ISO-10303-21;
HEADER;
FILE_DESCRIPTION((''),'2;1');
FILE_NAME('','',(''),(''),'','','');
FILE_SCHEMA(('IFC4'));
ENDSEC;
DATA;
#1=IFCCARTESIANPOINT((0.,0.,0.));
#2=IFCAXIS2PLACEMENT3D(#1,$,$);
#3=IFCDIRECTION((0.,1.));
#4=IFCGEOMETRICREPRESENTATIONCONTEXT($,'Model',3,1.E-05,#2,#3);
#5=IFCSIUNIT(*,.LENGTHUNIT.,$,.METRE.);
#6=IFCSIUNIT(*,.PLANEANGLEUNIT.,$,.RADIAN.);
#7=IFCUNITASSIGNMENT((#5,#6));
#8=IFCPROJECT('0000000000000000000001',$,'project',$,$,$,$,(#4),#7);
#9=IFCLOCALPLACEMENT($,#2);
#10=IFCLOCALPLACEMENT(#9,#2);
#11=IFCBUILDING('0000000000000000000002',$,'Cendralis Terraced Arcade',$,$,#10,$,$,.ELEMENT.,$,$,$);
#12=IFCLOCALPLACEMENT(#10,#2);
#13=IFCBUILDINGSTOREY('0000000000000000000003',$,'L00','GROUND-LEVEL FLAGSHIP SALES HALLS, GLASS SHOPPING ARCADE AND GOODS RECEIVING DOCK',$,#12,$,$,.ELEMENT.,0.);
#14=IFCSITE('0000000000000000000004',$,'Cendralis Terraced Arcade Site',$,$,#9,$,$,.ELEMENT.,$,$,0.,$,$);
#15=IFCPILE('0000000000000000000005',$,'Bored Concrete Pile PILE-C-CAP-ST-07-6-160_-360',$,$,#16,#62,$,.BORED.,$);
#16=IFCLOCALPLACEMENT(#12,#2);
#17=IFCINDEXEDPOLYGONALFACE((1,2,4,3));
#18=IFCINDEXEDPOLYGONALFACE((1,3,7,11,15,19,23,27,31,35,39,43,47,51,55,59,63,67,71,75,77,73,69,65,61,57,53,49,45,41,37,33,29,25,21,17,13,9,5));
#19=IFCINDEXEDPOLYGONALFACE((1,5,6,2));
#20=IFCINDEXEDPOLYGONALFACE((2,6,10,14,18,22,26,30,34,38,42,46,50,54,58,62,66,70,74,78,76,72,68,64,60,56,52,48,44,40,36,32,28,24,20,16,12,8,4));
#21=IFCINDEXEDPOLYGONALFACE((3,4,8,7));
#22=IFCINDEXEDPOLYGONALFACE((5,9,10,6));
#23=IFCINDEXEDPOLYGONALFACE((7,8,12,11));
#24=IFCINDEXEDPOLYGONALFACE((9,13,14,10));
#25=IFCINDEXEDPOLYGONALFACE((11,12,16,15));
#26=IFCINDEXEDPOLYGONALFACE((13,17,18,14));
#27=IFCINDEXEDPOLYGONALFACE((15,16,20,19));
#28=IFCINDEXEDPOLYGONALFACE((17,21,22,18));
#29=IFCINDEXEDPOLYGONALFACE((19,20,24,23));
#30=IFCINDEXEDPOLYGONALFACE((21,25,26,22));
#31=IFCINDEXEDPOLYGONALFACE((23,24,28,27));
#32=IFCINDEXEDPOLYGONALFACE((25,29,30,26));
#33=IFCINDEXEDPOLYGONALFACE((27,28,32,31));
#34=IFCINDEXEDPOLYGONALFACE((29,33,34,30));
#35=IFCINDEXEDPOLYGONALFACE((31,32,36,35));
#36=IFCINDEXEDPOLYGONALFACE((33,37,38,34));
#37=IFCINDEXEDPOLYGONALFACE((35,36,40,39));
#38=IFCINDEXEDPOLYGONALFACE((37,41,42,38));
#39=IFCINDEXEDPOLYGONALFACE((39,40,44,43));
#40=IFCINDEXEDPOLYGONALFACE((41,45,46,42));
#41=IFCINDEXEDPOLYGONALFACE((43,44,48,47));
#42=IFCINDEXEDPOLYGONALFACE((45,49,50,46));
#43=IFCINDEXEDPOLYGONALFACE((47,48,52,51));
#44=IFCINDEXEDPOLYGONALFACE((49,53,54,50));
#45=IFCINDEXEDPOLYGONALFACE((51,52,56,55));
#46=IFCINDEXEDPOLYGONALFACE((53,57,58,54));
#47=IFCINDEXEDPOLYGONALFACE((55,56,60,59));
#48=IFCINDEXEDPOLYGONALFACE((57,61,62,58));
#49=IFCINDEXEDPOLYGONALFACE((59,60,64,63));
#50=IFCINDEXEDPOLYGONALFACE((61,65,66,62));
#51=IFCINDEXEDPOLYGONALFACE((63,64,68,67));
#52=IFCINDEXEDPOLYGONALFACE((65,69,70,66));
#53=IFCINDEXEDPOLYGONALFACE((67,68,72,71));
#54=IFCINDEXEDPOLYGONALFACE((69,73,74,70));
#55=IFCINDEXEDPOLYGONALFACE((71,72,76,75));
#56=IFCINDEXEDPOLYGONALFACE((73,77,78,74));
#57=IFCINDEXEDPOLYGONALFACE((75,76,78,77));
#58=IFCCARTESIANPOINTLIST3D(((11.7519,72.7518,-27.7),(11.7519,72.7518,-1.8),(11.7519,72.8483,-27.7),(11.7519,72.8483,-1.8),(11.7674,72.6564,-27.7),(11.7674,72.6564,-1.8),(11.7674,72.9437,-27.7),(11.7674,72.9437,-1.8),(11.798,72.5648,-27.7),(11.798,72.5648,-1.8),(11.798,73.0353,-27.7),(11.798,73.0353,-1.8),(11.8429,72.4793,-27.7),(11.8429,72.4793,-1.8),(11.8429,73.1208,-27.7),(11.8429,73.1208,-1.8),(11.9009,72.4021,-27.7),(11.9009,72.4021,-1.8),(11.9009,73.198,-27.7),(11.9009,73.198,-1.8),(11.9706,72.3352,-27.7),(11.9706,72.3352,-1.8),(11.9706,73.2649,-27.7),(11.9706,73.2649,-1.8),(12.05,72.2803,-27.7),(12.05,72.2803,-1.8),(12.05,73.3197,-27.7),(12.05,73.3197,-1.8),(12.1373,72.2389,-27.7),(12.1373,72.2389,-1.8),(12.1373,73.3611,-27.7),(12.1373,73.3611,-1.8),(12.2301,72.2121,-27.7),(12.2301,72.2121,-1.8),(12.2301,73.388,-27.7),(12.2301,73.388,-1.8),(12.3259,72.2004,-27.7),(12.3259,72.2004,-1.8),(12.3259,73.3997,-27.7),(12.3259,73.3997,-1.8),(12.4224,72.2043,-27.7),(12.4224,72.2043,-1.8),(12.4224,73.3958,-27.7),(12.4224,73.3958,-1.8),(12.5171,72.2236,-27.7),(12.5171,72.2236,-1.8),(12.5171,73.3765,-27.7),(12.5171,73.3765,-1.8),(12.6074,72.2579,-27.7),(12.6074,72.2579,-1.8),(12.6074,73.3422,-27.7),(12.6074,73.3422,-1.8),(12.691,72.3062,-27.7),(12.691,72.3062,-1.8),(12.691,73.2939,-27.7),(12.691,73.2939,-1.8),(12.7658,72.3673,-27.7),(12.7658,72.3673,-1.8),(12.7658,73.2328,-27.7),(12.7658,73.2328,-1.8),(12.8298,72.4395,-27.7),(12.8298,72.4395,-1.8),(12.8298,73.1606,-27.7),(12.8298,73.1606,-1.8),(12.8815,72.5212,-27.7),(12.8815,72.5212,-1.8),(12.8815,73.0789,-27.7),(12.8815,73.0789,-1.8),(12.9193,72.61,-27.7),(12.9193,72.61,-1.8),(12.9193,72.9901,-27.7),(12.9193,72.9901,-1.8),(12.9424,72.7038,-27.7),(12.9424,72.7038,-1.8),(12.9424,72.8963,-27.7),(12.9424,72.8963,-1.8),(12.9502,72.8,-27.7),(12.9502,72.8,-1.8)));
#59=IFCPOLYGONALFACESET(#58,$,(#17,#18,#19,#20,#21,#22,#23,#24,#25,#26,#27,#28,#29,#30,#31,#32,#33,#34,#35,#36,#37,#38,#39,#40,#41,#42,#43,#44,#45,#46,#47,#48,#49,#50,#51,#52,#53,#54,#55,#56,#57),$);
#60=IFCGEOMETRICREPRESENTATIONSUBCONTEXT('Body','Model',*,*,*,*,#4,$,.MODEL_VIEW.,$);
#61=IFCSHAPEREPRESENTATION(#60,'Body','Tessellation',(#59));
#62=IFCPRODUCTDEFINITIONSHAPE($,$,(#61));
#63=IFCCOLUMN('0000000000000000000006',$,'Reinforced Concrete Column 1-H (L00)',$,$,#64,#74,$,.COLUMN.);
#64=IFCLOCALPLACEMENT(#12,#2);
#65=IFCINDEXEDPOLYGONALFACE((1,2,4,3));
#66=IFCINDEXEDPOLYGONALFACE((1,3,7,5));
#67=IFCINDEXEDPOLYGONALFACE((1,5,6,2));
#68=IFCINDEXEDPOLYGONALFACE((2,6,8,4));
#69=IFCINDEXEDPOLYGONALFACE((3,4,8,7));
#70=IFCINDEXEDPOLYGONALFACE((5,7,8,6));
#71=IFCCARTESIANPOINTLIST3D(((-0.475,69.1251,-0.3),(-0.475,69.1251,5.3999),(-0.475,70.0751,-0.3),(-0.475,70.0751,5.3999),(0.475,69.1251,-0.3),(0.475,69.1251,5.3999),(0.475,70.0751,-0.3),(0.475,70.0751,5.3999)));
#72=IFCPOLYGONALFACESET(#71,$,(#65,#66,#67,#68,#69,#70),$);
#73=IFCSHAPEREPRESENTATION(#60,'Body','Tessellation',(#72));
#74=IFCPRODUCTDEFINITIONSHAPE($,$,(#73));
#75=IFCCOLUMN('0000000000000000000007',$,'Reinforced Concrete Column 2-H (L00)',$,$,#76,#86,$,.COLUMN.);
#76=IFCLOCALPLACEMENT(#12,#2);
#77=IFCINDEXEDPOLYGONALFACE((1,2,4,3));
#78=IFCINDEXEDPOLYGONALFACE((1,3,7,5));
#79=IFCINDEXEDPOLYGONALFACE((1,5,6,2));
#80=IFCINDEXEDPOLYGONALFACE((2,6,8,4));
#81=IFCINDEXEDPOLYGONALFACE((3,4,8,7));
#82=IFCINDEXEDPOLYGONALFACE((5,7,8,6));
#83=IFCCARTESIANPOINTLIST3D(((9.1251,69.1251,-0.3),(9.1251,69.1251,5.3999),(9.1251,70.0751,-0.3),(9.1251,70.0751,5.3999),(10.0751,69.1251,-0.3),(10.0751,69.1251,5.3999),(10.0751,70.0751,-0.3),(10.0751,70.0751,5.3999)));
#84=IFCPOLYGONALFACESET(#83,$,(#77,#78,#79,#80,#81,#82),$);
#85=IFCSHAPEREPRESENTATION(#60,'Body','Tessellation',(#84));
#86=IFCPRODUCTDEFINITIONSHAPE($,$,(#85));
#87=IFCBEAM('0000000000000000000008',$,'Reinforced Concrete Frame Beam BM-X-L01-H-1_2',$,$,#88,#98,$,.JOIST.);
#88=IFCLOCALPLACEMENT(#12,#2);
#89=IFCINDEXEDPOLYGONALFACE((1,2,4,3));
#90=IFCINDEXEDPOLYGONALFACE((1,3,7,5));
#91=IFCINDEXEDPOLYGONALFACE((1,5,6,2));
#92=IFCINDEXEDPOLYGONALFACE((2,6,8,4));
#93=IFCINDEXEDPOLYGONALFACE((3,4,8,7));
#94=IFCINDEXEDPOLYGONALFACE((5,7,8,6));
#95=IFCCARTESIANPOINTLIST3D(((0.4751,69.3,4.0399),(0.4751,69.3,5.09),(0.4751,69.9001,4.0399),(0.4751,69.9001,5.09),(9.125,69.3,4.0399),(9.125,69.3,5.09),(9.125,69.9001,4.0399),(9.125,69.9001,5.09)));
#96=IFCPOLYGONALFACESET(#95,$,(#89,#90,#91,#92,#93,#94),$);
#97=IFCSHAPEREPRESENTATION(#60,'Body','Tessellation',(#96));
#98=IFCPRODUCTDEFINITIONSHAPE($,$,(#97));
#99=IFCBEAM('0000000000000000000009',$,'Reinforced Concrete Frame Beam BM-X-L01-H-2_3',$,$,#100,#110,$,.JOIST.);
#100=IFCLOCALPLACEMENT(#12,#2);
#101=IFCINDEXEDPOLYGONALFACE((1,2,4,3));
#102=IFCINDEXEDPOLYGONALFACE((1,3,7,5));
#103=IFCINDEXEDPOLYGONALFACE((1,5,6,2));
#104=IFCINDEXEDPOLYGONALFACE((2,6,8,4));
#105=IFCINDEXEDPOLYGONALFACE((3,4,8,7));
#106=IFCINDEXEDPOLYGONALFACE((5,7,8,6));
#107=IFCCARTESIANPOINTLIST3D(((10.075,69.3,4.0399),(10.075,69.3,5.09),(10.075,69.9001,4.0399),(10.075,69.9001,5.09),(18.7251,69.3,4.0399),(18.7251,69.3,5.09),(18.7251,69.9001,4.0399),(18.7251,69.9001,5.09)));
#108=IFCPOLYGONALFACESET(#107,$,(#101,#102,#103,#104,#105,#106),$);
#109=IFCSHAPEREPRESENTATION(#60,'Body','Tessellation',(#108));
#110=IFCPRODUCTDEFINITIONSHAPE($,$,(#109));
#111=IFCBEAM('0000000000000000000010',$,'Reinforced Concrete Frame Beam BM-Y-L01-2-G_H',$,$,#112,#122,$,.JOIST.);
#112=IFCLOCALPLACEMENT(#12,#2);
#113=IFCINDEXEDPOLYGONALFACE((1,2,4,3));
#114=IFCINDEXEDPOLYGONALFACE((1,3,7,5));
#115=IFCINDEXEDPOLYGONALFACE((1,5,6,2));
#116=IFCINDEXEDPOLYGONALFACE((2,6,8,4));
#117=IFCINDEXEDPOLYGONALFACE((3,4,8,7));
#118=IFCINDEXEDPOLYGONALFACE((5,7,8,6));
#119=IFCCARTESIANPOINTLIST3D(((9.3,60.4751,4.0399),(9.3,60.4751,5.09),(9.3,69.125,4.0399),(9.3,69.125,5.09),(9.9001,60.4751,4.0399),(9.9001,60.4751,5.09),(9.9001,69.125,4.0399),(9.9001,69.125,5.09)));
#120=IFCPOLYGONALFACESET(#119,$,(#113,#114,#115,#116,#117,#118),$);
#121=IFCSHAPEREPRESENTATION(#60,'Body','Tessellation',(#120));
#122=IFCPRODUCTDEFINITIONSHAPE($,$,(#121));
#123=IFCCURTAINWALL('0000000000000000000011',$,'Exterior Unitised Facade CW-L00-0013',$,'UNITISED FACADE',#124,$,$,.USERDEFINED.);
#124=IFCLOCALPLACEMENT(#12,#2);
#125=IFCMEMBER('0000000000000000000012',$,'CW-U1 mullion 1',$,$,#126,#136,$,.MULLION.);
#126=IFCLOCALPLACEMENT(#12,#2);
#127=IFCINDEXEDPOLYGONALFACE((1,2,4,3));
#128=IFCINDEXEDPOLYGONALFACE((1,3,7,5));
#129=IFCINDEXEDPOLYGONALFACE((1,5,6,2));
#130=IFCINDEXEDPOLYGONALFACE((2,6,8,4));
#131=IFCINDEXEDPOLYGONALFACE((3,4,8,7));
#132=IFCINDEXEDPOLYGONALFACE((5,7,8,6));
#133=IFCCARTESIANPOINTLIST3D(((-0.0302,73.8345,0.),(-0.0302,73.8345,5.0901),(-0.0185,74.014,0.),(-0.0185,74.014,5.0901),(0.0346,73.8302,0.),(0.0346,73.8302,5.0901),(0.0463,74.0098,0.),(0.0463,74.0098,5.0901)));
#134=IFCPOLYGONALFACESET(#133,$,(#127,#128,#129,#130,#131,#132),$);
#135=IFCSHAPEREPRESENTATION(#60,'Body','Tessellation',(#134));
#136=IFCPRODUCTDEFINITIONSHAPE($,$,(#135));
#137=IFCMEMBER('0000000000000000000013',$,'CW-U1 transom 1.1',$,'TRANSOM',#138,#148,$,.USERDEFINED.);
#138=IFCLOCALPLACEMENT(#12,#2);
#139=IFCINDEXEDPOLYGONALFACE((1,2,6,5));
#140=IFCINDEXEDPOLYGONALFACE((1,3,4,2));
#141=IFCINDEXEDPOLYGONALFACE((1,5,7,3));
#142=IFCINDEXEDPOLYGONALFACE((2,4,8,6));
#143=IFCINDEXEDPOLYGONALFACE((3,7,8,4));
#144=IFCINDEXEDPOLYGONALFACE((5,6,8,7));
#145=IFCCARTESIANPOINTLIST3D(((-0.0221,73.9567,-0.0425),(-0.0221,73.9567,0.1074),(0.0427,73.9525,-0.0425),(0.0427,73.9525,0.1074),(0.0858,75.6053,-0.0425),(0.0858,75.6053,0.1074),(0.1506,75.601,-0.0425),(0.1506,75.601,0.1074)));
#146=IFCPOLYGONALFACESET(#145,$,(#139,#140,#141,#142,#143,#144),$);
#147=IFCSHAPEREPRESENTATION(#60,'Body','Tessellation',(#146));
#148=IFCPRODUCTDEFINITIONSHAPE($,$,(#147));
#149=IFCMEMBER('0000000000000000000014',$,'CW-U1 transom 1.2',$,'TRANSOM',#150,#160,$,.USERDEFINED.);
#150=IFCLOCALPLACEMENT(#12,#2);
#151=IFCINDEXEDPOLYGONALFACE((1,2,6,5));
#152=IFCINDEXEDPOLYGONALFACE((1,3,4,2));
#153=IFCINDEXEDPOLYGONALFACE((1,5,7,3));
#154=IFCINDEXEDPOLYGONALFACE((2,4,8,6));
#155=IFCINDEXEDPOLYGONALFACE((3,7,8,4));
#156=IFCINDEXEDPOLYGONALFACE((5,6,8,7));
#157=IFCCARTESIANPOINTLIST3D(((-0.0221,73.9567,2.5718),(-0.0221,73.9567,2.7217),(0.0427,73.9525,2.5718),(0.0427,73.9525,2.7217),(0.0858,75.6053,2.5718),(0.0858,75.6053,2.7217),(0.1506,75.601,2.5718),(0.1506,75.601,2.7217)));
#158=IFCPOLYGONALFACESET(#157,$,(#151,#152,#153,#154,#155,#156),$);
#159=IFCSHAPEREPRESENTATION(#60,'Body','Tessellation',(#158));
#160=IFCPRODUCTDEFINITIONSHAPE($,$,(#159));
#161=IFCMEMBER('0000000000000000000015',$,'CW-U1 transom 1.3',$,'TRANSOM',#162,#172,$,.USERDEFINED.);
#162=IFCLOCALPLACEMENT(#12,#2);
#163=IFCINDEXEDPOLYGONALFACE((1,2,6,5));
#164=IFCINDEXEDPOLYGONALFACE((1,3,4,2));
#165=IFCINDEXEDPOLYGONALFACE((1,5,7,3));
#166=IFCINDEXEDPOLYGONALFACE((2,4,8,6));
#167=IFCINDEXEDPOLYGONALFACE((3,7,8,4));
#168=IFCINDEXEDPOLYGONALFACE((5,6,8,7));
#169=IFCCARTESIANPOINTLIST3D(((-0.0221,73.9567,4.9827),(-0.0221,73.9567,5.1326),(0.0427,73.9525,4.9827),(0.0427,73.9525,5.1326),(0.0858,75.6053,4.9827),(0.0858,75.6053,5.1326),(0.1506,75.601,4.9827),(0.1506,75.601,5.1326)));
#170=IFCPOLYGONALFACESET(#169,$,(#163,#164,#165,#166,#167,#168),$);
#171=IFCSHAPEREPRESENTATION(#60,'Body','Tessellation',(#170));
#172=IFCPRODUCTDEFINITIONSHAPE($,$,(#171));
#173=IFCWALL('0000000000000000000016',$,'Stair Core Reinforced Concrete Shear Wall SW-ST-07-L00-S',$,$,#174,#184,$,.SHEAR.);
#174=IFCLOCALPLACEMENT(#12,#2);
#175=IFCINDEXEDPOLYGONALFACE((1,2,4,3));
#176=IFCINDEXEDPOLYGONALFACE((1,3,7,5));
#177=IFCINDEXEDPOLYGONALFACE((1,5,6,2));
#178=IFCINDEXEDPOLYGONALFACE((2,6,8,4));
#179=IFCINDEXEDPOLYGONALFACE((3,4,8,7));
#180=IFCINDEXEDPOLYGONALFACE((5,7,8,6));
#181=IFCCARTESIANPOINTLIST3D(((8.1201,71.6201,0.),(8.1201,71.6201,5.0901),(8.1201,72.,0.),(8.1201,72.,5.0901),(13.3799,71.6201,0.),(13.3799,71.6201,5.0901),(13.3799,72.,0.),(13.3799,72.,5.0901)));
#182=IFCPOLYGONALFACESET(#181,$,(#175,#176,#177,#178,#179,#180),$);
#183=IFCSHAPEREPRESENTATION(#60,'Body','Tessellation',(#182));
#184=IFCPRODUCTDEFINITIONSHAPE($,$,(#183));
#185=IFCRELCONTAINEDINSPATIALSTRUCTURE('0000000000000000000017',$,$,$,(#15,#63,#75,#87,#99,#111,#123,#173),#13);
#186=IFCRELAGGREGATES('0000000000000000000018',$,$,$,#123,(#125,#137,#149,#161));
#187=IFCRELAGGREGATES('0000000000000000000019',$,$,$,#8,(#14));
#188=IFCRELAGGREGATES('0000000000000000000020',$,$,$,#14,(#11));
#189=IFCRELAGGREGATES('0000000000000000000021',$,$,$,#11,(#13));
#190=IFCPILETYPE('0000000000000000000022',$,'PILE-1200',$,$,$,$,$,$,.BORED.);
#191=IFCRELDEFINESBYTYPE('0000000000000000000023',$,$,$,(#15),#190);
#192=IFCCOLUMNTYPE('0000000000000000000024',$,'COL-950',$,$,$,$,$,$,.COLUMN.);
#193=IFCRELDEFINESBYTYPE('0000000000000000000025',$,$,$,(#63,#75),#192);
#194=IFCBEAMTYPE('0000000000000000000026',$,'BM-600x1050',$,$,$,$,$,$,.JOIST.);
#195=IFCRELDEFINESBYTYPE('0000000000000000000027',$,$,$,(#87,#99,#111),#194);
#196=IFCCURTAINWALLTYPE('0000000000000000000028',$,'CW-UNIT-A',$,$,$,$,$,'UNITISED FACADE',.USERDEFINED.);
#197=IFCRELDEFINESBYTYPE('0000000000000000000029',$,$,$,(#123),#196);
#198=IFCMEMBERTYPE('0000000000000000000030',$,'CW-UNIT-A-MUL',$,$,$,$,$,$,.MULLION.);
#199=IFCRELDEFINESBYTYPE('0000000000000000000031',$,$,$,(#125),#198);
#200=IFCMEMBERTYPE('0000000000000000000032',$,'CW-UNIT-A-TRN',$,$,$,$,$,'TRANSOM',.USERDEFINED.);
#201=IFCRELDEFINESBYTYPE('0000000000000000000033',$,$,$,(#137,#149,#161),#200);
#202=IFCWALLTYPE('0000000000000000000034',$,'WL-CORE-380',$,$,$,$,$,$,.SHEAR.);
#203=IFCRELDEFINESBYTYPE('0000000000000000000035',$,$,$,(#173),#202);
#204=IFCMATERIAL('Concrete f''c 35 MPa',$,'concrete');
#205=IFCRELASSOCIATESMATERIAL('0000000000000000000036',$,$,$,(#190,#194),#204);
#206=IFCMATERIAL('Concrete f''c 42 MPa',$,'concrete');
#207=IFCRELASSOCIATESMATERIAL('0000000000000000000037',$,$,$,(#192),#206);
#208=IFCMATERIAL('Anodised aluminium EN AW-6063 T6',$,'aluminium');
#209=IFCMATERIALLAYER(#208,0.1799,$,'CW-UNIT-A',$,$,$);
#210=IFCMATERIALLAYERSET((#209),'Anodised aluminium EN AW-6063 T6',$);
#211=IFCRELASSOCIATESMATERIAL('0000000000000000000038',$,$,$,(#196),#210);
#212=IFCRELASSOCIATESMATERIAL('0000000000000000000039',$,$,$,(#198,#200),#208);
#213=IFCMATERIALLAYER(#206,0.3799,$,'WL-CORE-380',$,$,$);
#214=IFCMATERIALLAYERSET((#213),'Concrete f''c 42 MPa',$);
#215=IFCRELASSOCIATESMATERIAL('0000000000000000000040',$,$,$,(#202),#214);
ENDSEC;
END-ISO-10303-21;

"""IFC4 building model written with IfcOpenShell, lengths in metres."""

from ifc_helpers import new_model, si_unit, direction, frame, frame_2d, origin, origin_2d, place, context, subcontext, project, spatial, rectangle, circle, extrude, material, layer, layer_set, material_profile, profile_set, type_object, element, aggregate, save


model = new_model("IFC4")

# Units and contexts
model_context = context("Model", 3, precision=1e-05, world=origin(), true_north=direction((0.0, 1.0)))
body_context = subcontext(model_context, "Body", "Model", "MODEL_VIEW")
ifc_project = project(units=[si_unit("LENGTHUNIT", "METRE"), si_unit("PLANEANGLEUNIT", "RADIAN")], contexts=[model_context])

# Site, building, storey
site_placement = place(None, origin())
site = spatial("IfcSite", under=ifc_project, at=site_placement, Name="Cendralis Terraced Arcade Site", CompositionType="ELEMENT", RefElevation=0.0)
building_placement = place(site_placement, origin())
building = spatial("IfcBuilding", under=site, at=building_placement, Name="Cendralis Terraced Arcade", CompositionType="ELEMENT")
storey_placement = place(building_placement, origin())
storey = spatial("IfcBuildingStorey", under=building, at=storey_placement, Name="L00", Description="GROUND-LEVEL FLAGSHIP SALES HALLS, GLASS SHOPPING ARCADE AND GOODS RECEIVING DOCK", CompositionType="ELEMENT", Elevation=0.0)

# Shared definitions
ifc_material_1 = material(Name="Concrete f'c 35 MPa", Category="concrete")

# Pile
ifc_material_profile_1 = material_profile(ifc_material_1, circle(Radius=0.6001, at=origin_2d()), Name="PILE-D1200", Category="LoadBearing")
ifc_profile_set_1 = profile_set([ifc_material_profile_1], Name="Concrete f'c 35 MPa")
pile_type_1 = type_object("IfcPileType", Name="PILE-1200", PredefinedType="BORED", material=ifc_profile_set_1)
for number, where, z_axis, x_axis, name in (
    (1, (12.3501, 72.8, -1.8), (0.0, 0.0, -1.0), (1.0, 0.0, 0.0), "Bored Concrete Pile PILE-C-CAP-ST-07-6-160_-360"),
):
    element("IfcPile", number, at=place(storey_placement, frame(where, z_axis=z_axis, x_axis=x_axis)), inside=storey, type_object=pile_type_1, Name=name, PredefinedType="BORED", context=body_context, shape_type="SweptSolid", body=[
        extrude(circle(Radius=0.6001, at=origin_2d()), origin(), (0.0, 0.0, 1.0), 25.8999),
    ])

# Columns
ifc_material_2 = material(Name="Concrete f'c 42 MPa", Category="concrete")
ifc_material_profile_2 = material_profile(ifc_material_2, rectangle(XDim=0.95, YDim=0.95, at=origin_2d()), Name="RC-COL-950x950", Category="LoadBearing")
ifc_profile_set_2 = profile_set([ifc_material_profile_2], Name="Concrete f'c 42 MPa")
column_type = type_object("IfcColumnType", Name="COL-950", PredefinedType="COLUMN", material=ifc_profile_set_2)
for number, where, z_axis, x_axis, name in (
    (2, (0.0, 69.6001, -0.3), (0.0, 0.0, 1.0), (1.0, 0.0, 0.0), "Reinforced Concrete Column 1-H (L00)"),
    (3, (9.6001, 69.6001, -0.3), (0.0, 0.0, 1.0), (1.0, 0.0, 0.0), "Reinforced Concrete Column 2-H (L00)"),
):
    element("IfcColumn", number, at=place(storey_placement, frame(where, z_axis=z_axis, x_axis=x_axis)), inside=storey, type_object=column_type, Name=name, PredefinedType="COLUMN", context=body_context, shape_type="SweptSolid", body=[
        extrude(rectangle(XDim=0.95, YDim=0.95, at=origin_2d()), origin(), (0.0, 0.0, 1.0), 5.7),
    ])

# Beams
ifc_material_profile_3 = material_profile(ifc_material_1, rectangle(XDim=0.6001, YDim=1.05, at=origin_2d()), Name="RC-BM-600x1050", Category="LoadBearing")
ifc_profile_set_3 = profile_set([ifc_material_profile_3], Name="Concrete f'c 35 MPa")
beam_type = type_object("IfcBeamType", Name="BM-600x1050", PredefinedType="JOIST", material=ifc_profile_set_3)
beam_1_placement = place(storey_placement, frame((0.4751, 69.6001, 4.5649), z_axis=(1.0, 0.0, 0.0), x_axis=(0.0, 1.0, 0.0)))
element("IfcBeam", 4, at=beam_1_placement, inside=storey, type_object=beam_type, Name="Reinforced Concrete Frame Beam BM-X-L01-H-1_2", PredefinedType="JOIST", context=body_context, shape_type="SweptSolid", body=[
    extrude(rectangle(XDim=0.6001, YDim=1.05, at=origin_2d()), origin(), (0.0, 0.0, 1.0), 8.6499),
])
beam_2_placement = place(storey_placement, frame((10.075, 69.6001, 4.5649), z_axis=(1.0, 0.0, 0.0), x_axis=(0.0, 1.0, 0.0)))
element("IfcBeam", 5, at=beam_2_placement, inside=storey, type_object=beam_type, Name="Reinforced Concrete Frame Beam BM-X-L01-H-2_3", PredefinedType="JOIST", context=body_context, shape_type="SweptSolid", body=[
    extrude(rectangle(XDim=0.6001, YDim=1.05, at=origin_2d()), origin(), (0.0, 0.0, 1.0), 8.6501),
])
beam_3_placement = place(storey_placement, frame((9.6001, 60.4751, 4.5649), z_axis=(0.0, 1.0, 0.0), x_axis=(-1.0, 0.0, 0.0)))
element("IfcBeam", 6, at=beam_3_placement, inside=storey, type_object=beam_type, Name="Reinforced Concrete Frame Beam BM-Y-L01-2-G_H", PredefinedType="JOIST", context=body_context, shape_type="SweptSolid", body=[
    extrude(rectangle(XDim=0.6001, YDim=1.05, at=origin_2d()), origin(), (0.0, 0.0, 1.0), 8.6499),
])

# Curtain wall, members
ifc_material_3 = material(Name="Anodised aluminium EN AW-6063 T6", Category="aluminium")
ifc_layer_1 = layer(ifc_material_3, 0.1799, Name="CW-UNIT-A")
ifc_layer_set_1 = layer_set([ifc_layer_1], Name="Anodised aluminium EN AW-6063 T6")
curtain_wall_type = type_object("IfcCurtainWallType", Name="CW-UNIT-A", ElementType="UNITISED FACADE", PredefinedType="USERDEFINED", material=ifc_layer_set_1)
curtain_wall_placement = place(storey_placement, origin())
curtain_wall = element("IfcCurtainWall", 7, at=curtain_wall_placement, inside=storey, type_object=curtain_wall_type, Name="Exterior Unitised Facade CW-L00-0013", ObjectType="UNITISED FACADE", PredefinedType="USERDEFINED")
ifc_material_profile_4 = material_profile(ifc_material_3, rectangle(XDim=0.0649, YDim=0.1799, at=origin_2d()), Name="ALU-MUL-65x180")
ifc_profile_set_4 = profile_set([ifc_material_profile_4], Name="Anodised aluminium EN AW-6063 T6")
member_type_1 = type_object("IfcMemberType", Name="CW-UNIT-A-MUL", PredefinedType="MULLION", material=ifc_profile_set_4)
member_1_placement = place(storey_placement, frame((0.0081, 73.9221, 0.0), z_axis=(0.0, 0.0, 1.0), x_axis=(-0.997861, 0.065372, 0.0)))
member_1 = element("IfcMember", 8, at=member_1_placement, type_object=member_type_1, Name="CW-U1 mullion 1", PredefinedType="MULLION", context=body_context, shape_type="SweptSolid", body=[
    extrude(rectangle(XDim=0.0649, YDim=0.1799, at=origin_2d()), origin(), (0.0, 0.0, 1.0), 5.0901),
])
ifc_material_profile_5 = material_profile(ifc_material_3, rectangle(XDim=0.0649, YDim=0.1499, at=origin_2d()), Name="ALU-TRN-65x150")
ifc_profile_set_5 = profile_set([ifc_material_profile_5], Name="Anodised aluminium EN AW-6063 T6")
member_type_2 = type_object("IfcMemberType", Name="CW-UNIT-A-TRN", ElementType="TRANSOM", PredefinedType="USERDEFINED", material=ifc_profile_set_5)
member_2_placement = place(storey_placement, frame((0.0103, 73.9546, 0.0325), z_axis=(0.065313, 0.997865, 0.0), x_axis=(-0.997865, 0.065313, 0.0)))
member_2 = element("IfcMember", 9, at=member_2_placement, type_object=member_type_2, Name="CW-U1 transom 1.1", ObjectType="TRANSOM", PredefinedType="USERDEFINED", context=body_context, shape_type="SweptSolid", body=[
    extrude(rectangle(XDim=0.0649, YDim=0.1499, at=origin_2d()), origin(), (0.0, 0.0, 1.0), 1.6521),
])
member_3_placement = place(storey_placement, frame((0.0103, 73.9546, 2.6467), z_axis=(0.065313, 0.997865, 0.0), x_axis=(-0.997865, 0.065313, 0.0)))
member_3 = element("IfcMember", 10, at=member_3_placement, type_object=member_type_2, Name="CW-U1 transom 1.2", ObjectType="TRANSOM", PredefinedType="USERDEFINED", context=body_context, shape_type="SweptSolid", body=[
    extrude(rectangle(XDim=0.0649, YDim=0.1499, at=origin_2d()), origin(), (0.0, 0.0, 1.0), 1.6521),
])
member_4_placement = place(storey_placement, frame((0.0103, 73.9546, 5.0576), z_axis=(0.065313, 0.997865, 0.0), x_axis=(-0.997865, 0.065313, 0.0)))
member_4 = element("IfcMember", 11, at=member_4_placement, type_object=member_type_2, Name="CW-U1 transom 1.3", ObjectType="TRANSOM", PredefinedType="USERDEFINED", context=body_context, shape_type="SweptSolid", body=[
    extrude(rectangle(XDim=0.0649, YDim=0.1499, at=origin_2d()), origin(), (0.0, 0.0, 1.0), 1.6521),
])
aggregate(curtain_wall, [member_1, member_2, member_3, member_4])

# Wall
ifc_layer_2 = layer(ifc_material_2, 0.3799, Name="WL-CORE-380")
ifc_layer_set_2 = layer_set([ifc_layer_2], Name="Concrete f'c 42 MPa")
wall_type_1 = type_object("IfcWallType", Name="WL-CORE-380", PredefinedType="SHEAR", material=ifc_layer_set_2)
wall_1_placement = place(storey_placement, frame((8.1201, 71.8101, 0.0), z_axis=(0.0, 0.0, 1.0), x_axis=(1.0, 0.0, 0.0)))
element("IfcWall", 12, at=wall_1_placement, inside=storey, type_object=wall_type_1, Name="Stair Core Reinforced Concrete Shear Wall SW-ST-07-L00-S", PredefinedType="SHEAR", context=body_context, shape_type="SweptSolid", body=[
    extrude(rectangle(XDim=5.2598, YDim=0.3799, at=frame_2d((2.6299, 0.0))), origin(), (0.0, 0.0, 1.0), 5.0901),
])

save(model, "model.ifc")
